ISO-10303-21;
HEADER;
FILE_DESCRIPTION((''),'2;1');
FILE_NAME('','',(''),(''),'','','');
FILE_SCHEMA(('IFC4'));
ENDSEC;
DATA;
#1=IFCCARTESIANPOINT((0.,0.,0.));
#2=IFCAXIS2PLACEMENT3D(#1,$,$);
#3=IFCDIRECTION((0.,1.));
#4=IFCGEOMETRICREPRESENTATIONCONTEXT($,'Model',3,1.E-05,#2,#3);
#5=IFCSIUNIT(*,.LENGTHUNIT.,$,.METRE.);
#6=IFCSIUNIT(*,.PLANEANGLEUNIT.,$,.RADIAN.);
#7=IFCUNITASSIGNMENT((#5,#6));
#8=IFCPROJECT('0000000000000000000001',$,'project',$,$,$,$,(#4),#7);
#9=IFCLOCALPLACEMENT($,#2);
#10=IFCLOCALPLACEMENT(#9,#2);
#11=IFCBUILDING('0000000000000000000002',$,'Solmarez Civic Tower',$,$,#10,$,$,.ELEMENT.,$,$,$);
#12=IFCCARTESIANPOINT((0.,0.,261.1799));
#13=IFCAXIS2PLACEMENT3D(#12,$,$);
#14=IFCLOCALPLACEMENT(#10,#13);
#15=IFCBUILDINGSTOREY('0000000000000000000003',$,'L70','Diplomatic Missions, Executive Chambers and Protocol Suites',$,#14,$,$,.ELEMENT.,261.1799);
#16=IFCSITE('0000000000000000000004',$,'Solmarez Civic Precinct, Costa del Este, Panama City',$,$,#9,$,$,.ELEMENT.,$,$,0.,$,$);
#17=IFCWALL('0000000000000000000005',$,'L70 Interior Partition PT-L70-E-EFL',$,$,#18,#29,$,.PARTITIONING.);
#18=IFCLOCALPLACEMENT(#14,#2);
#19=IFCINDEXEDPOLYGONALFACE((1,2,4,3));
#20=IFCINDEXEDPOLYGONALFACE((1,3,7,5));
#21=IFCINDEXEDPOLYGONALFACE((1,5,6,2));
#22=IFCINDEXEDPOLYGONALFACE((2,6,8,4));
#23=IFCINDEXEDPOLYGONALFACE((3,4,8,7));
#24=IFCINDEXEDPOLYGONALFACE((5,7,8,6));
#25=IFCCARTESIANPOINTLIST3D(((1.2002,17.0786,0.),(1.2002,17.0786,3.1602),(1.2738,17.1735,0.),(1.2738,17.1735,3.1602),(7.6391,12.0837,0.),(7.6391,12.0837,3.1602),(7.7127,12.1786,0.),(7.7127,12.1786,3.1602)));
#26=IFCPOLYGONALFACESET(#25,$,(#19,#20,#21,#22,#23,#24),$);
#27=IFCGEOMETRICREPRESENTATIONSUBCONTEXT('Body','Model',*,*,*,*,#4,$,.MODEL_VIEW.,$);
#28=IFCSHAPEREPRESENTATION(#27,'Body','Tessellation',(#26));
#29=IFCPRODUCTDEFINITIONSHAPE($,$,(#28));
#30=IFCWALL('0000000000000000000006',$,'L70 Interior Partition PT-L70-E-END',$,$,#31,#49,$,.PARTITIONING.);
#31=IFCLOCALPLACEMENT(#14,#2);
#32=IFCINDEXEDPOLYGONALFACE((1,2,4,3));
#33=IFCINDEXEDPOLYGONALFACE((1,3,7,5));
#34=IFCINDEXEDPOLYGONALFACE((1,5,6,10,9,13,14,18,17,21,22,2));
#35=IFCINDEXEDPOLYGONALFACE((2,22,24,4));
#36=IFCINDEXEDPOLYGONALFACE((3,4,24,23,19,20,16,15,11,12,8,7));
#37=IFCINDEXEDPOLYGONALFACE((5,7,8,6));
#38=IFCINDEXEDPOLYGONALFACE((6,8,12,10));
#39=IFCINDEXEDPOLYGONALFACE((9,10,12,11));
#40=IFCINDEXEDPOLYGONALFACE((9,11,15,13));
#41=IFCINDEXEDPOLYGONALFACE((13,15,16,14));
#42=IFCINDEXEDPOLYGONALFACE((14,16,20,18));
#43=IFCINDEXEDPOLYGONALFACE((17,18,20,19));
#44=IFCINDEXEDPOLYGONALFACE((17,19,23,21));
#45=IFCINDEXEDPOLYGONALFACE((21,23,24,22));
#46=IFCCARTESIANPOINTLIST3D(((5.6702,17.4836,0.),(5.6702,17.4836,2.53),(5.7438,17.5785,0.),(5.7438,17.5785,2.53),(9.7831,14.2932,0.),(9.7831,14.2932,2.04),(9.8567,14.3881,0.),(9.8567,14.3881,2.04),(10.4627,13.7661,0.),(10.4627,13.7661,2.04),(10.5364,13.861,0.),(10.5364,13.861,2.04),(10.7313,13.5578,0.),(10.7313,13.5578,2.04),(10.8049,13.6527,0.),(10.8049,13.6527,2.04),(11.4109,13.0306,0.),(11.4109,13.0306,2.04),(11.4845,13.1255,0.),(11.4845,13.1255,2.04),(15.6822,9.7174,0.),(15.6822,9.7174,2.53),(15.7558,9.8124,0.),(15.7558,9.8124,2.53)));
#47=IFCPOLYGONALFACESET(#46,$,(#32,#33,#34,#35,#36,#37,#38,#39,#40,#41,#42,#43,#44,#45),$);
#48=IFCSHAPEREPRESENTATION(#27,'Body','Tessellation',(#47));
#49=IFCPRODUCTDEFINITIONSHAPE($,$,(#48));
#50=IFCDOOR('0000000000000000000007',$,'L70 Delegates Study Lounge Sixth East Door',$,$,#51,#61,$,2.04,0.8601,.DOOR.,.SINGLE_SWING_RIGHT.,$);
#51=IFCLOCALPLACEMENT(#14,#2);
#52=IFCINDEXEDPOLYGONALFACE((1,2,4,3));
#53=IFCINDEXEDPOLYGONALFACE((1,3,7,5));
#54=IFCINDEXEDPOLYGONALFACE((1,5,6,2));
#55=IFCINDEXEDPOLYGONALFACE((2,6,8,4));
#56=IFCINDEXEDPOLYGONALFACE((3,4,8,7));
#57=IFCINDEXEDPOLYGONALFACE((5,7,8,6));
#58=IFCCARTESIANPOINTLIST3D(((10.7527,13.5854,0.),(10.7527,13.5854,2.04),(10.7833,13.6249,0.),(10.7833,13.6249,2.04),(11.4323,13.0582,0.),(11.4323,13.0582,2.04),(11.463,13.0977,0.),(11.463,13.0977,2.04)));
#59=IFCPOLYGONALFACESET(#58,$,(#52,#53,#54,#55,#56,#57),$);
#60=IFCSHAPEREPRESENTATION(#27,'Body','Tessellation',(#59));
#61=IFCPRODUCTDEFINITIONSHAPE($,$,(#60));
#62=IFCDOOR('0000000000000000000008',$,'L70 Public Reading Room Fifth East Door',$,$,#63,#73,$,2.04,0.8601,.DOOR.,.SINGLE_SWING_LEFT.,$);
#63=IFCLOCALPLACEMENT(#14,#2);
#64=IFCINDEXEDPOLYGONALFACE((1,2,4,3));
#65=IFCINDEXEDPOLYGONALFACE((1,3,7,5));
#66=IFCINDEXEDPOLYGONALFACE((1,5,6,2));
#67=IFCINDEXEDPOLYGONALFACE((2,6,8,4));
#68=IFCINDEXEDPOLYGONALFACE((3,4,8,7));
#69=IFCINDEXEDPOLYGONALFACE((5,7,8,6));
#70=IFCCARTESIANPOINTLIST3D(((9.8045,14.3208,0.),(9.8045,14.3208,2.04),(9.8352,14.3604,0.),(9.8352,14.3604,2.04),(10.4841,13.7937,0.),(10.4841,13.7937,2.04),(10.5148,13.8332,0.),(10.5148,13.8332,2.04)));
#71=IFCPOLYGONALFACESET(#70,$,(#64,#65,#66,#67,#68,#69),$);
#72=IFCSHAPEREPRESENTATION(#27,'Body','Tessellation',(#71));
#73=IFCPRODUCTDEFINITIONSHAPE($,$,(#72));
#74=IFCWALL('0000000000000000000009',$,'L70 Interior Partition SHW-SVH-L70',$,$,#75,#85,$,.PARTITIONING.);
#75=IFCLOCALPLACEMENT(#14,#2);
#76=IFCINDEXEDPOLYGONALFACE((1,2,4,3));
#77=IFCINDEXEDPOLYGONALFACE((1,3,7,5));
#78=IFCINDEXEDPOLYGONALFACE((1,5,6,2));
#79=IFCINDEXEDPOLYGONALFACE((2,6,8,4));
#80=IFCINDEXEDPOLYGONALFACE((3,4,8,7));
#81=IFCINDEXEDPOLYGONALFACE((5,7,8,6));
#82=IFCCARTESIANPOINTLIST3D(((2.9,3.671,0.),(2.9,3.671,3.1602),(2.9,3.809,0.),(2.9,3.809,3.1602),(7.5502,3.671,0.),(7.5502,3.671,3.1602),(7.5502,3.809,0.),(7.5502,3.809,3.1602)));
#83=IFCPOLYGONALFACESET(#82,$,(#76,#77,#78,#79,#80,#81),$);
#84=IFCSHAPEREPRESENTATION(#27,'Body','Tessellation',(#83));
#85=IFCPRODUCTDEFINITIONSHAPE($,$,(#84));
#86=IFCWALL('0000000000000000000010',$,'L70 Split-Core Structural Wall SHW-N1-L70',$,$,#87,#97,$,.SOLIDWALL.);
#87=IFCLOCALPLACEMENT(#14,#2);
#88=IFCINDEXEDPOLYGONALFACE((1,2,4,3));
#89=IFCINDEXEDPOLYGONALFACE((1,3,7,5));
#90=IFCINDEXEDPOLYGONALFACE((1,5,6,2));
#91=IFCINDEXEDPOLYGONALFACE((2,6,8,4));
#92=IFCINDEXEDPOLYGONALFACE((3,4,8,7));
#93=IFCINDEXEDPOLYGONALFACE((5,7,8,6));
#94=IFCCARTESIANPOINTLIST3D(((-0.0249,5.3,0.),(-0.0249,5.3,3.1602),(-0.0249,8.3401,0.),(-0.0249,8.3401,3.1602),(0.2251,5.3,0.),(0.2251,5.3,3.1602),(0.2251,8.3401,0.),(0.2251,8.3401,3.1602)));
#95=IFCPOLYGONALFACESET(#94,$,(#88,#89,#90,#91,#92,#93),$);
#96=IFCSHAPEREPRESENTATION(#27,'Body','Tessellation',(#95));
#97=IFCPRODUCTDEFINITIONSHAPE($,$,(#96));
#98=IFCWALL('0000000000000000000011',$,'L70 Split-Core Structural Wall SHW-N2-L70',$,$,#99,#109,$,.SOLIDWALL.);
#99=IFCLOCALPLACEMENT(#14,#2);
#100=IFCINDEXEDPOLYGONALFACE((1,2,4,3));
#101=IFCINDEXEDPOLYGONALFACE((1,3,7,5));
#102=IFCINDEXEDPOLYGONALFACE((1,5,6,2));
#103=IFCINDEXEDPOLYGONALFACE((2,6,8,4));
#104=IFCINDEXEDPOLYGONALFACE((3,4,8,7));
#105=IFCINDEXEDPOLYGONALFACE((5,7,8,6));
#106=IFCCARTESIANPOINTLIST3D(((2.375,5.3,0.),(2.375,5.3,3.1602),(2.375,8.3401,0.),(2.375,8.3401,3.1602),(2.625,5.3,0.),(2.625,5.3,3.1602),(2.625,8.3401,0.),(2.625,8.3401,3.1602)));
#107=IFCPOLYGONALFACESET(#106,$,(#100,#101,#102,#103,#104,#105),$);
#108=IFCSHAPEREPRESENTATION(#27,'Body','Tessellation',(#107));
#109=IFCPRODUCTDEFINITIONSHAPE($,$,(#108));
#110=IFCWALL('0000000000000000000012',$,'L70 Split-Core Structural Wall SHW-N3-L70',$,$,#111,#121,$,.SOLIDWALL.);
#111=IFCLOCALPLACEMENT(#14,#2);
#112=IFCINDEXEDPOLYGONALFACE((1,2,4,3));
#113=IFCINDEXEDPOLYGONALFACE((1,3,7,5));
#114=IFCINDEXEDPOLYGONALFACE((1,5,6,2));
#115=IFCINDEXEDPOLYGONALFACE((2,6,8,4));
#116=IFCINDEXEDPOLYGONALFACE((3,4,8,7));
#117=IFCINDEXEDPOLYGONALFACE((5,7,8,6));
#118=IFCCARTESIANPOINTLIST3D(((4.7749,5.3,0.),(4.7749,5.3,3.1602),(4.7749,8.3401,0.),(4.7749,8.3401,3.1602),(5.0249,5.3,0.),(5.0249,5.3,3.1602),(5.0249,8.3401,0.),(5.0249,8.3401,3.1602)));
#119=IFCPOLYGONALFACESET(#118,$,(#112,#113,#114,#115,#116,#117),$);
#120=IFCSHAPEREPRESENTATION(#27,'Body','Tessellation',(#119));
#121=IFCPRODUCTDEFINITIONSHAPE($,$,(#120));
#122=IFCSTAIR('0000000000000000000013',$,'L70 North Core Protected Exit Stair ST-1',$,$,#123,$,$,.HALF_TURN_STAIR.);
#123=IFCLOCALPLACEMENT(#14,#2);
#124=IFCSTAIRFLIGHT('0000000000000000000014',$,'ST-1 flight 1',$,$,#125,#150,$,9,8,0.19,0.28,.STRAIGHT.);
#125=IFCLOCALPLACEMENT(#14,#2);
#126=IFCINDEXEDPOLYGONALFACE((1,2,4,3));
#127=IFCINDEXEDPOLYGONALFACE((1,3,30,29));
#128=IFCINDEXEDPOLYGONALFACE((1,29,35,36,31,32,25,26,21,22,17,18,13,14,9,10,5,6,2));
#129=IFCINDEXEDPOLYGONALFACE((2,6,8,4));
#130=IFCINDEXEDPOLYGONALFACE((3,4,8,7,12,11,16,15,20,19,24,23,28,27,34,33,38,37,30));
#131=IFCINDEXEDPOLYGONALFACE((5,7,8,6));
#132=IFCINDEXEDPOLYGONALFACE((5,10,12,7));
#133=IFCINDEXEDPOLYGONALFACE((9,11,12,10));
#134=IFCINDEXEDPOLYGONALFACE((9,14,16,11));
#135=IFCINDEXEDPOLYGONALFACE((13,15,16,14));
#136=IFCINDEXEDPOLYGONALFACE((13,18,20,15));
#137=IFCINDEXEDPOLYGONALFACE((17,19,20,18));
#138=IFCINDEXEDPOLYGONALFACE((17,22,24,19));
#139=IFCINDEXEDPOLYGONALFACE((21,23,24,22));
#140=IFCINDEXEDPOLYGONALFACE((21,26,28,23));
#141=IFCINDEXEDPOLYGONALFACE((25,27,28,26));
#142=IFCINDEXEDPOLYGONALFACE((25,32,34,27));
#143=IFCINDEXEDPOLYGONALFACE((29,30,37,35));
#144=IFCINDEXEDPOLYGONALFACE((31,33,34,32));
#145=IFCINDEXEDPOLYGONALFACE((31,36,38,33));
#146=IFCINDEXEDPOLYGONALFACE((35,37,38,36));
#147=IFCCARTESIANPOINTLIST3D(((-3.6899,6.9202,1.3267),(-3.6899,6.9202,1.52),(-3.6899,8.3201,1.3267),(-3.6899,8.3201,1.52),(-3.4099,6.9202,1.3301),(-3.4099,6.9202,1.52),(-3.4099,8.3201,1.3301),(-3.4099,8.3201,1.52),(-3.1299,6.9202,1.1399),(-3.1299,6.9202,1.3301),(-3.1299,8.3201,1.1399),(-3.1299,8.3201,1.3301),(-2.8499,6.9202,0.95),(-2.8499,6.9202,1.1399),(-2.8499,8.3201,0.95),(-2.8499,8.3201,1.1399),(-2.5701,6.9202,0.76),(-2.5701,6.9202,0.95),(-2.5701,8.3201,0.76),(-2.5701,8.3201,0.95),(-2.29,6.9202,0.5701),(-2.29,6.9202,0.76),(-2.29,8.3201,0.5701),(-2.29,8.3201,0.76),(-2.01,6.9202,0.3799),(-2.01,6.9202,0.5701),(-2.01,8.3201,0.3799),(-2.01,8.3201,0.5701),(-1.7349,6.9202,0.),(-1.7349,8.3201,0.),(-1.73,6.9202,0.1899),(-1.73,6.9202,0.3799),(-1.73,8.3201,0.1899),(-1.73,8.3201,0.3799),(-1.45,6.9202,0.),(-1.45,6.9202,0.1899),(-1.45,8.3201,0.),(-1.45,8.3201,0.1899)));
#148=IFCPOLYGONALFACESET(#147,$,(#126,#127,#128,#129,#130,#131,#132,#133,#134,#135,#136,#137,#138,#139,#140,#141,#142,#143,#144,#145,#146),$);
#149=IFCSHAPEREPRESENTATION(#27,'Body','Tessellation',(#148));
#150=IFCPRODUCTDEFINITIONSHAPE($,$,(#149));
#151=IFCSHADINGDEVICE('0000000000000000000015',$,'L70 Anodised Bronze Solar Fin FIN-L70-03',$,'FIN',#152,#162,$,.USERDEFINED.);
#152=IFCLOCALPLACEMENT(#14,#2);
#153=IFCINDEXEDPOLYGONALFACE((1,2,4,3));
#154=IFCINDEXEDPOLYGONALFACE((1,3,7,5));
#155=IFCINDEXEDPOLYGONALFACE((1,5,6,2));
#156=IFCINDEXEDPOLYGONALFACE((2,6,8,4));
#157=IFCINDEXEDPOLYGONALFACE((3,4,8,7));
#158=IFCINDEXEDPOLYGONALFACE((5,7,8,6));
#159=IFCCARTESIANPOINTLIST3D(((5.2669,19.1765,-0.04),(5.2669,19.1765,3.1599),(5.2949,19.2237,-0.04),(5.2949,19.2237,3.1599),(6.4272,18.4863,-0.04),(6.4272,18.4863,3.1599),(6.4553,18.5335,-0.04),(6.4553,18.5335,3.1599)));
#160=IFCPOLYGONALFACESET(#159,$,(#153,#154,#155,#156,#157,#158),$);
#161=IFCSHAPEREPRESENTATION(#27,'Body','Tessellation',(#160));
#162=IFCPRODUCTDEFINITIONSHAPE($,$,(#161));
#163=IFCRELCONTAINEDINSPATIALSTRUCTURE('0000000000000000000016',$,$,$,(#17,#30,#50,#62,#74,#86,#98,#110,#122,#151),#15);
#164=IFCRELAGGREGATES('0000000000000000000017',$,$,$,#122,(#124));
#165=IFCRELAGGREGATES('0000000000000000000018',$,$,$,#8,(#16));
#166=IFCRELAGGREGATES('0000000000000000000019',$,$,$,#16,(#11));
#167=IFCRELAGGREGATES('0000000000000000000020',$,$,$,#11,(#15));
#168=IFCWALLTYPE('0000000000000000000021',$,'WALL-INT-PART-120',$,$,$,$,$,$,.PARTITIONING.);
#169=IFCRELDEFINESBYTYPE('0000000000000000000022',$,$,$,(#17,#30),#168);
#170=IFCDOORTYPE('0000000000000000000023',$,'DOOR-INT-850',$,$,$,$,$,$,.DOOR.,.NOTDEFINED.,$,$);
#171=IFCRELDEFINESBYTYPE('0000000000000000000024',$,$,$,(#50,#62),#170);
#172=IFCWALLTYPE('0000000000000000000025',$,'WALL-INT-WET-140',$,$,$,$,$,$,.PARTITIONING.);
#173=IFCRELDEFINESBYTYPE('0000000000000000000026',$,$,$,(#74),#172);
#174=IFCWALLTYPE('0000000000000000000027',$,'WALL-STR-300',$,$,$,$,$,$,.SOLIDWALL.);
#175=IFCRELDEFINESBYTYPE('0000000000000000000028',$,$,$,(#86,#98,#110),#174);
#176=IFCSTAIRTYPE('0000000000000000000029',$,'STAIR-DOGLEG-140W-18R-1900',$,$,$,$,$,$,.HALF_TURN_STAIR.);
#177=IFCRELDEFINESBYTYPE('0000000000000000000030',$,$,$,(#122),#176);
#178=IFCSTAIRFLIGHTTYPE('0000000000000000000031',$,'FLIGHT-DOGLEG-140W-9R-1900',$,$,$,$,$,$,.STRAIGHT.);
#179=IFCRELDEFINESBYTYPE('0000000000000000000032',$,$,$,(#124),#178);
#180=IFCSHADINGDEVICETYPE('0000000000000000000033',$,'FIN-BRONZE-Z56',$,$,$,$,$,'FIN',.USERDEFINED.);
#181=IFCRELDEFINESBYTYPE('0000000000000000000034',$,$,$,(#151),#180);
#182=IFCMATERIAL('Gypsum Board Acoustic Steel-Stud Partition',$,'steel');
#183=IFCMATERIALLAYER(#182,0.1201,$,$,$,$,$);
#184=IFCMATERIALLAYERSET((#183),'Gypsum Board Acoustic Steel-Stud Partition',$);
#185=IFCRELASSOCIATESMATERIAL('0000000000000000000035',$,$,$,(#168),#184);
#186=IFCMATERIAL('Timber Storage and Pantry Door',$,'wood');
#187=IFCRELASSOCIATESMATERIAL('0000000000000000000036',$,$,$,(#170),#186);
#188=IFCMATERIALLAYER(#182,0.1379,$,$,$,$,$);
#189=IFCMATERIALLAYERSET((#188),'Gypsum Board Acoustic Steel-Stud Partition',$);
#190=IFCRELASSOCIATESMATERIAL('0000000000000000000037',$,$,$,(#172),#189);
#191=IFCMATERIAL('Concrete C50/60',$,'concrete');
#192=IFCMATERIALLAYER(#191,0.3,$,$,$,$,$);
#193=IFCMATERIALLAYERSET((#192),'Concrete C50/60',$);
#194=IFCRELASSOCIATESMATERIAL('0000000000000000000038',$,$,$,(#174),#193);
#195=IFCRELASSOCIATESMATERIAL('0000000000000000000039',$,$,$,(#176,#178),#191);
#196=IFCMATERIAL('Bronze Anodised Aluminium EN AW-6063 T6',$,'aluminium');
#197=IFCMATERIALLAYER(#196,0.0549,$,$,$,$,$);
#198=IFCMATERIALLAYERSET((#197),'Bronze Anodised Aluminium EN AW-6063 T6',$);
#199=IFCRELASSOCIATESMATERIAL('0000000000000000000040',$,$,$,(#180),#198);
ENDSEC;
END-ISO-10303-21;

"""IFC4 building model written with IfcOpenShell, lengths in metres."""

from ifc_helpers import new_model, si_unit, direction, frame, frame_2d, origin, origin_2d, place, context, subcontext, project, spatial, polyline, rectangle, outline, extrude, material, layer, layer_set, type_object, element, fill, aggregate, save


model = new_model("IFC4")

# Units and contexts
model_context = context("Model", 3, precision=1e-05, world=origin(), true_north=direction((0.0, 1.0)))
body_context = subcontext(model_context, "Body", "Model", "MODEL_VIEW")
ifc_project = project(units=[si_unit("LENGTHUNIT", "METRE"), si_unit("PLANEANGLEUNIT", "RADIAN")], contexts=[model_context])

# Site, building, storey
site_placement = place(None, origin())
site = spatial("IfcSite", under=ifc_project, at=site_placement, Name="Solmarez Civic Precinct, Costa del Este, Panama City", CompositionType="ELEMENT", RefElevation=0.0)
building_placement = place(site_placement, origin())
building = spatial("IfcBuilding", under=site, at=building_placement, Name="Solmarez Civic Tower", CompositionType="ELEMENT")
storey_placement = place(building_placement, frame((0.0, 0.0, 261.1799)))
storey = spatial("IfcBuildingStorey", under=building, at=storey_placement, Name="L70", Description="Diplomatic Missions, Executive Chambers and Protocol Suites", CompositionType="ELEMENT", Elevation=261.1799)

# Shared definitions
ifc_material_1 = material(Name="Bronze Anodised Aluminium EN AW-6063 T6", Category="aluminium")

# Wall
ifc_material_2 = material(Name="Concrete C50/60", Category="concrete")
ifc_material_3 = material(Name="Gypsum Board Acoustic Steel-Stud Partition", Category="steel")
ifc_layer_1 = layer(ifc_material_3, 0.1201)
ifc_layer_set_1 = layer_set([ifc_layer_1], Name="Gypsum Board Acoustic Steel-Stud Partition")
wall_type_1 = type_object("IfcWallType", Name="WALL-INT-PART-120", PredefinedType="PARTITIONING", material=ifc_layer_set_1)
wall_1_placement = place(storey_placement, frame((7.676, 12.1311, 0.0), z_axis=(0.0, 0.0, 1.0), x_axis=(-0.790137, 0.61293, 0.0)))
element("IfcWall", 1, at=wall_1_placement, inside=storey, type_object=wall_type_1, Name="L70 Interior Partition PT-L70-E-EFL", PredefinedType="PARTITIONING", context=body_context, shape_type="SweptSolid", body=[
    extrude(rectangle(XDim=8.1492, YDim=0.1201, at=frame_2d((4.0747, 0.0))), origin(), (0.0, 0.0, 1.0), 3.1602),
])

# Wall, openings, doors
wall_2_placement = place(storey_placement, frame((5.707, 17.531, 0.0), z_axis=(0.0, 0.0, 1.0), x_axis=(0.790154, -0.612909, 0.0)))
wall_2 = element("IfcWall", 2, at=wall_2_placement, inside=storey, type_object=wall_type_1, Name="L70 Interior Partition PT-L70-E-END", PredefinedType="PARTITIONING", context=body_context, shape_type="SweptSolid", body=[
    extrude(rectangle(XDim=12.6709, YDim=0.1201, at=frame_2d((6.3354, 0.0))), origin(), (0.0, 0.0, 1.0), 2.53),
])
opening_1_placement = place(wall_2_placement, frame((6.405, 0.0, 0.0)))
opening_1 = element("IfcOpeningElement", 3, at=opening_1_placement, cuts=wall_2, PredefinedType="OPENING", context=body_context, shape_type="SweptSolid", body=[
    extrude(rectangle(XDim=0.8601, YDim=2.04, at=frame_2d((0.4302, 1.02))), frame((0.0, 0.0701, 0.0), z_axis=(0.0, -1.0, 0.0), x_axis=(1.0, 0.0, 0.0)), (0.0, 0.0, 1.0), 0.1401),
])
opening_2_placement = place(wall_2_placement, frame((5.2051, 0.0, 0.0)))
opening_2 = element("IfcOpeningElement", 4, at=opening_2_placement, cuts=wall_2, PredefinedType="OPENING", context=body_context, shape_type="SweptSolid", body=[
    extrude(rectangle(XDim=0.8601, YDim=2.04, at=frame_2d((0.4302, 1.02))), frame((0.0, 0.0701, 0.0), z_axis=(0.0, -1.0, 0.0), x_axis=(1.0, 0.0, 0.0)), (0.0, 0.0, 1.0), 0.1401),
])
ifc_material_4 = material(Name="Timber Storage and Pantry Door", Category="wood")
door_type_1 = type_object("IfcDoorType", Name="DOOR-INT-850", OperationType="NOTDEFINED", PredefinedType="DOOR", material=ifc_material_4)
door_1_placement = place(opening_1_placement, origin())
door_1 = element("IfcDoor", 5, at=door_1_placement, inside=storey, type_object=door_type_1, Name="L70 Delegates Study Lounge Sixth East Door", OperationType="SINGLE_SWING_RIGHT", OverallHeight=2.04, OverallWidth=0.8601, PredefinedType="DOOR", context=body_context, shape_type="SweptSolid", body=[
    extrude(rectangle(XDim=0.8601, YDim=2.04, at=frame_2d((0.4302, 1.02))), frame((0.0, 0.0249, 0.0), z_axis=(0.0, -1.0, 0.0), x_axis=(1.0, 0.0, 0.0)), (0.0, 0.0, 1.0), 0.05),
])
fill(opening_1, door_1)
door_2_placement = place(opening_2_placement, origin())
door_2 = element("IfcDoor", 6, at=door_2_placement, inside=storey, type_object=door_type_1, Name="L70 Public Reading Room Fifth East Door", OperationType="SINGLE_SWING_LEFT", OverallHeight=2.04, OverallWidth=0.8601, PredefinedType="DOOR", context=body_context, shape_type="SweptSolid", body=[
    extrude(rectangle(XDim=0.8601, YDim=2.04, at=frame_2d((0.4302, 1.02))), frame((0.0, 0.0249, 0.0), z_axis=(0.0, -1.0, 0.0), x_axis=(1.0, 0.0, 0.0)), (0.0, 0.0, 1.0), 0.05),
])
fill(opening_2, door_2)

# Wall
ifc_layer_2 = layer(ifc_material_3, 0.1379)
ifc_layer_set_2 = layer_set([ifc_layer_2], Name="Gypsum Board Acoustic Steel-Stud Partition")
wall_type_2 = type_object("IfcWallType", Name="WALL-INT-WET-140", PredefinedType="PARTITIONING", material=ifc_layer_set_2)
wall_3_placement = place(storey_placement, frame((2.8999, 3.74, 0.0), z_axis=(0.0, 0.0, 1.0), x_axis=(1.0, 0.0, 0.0)))
element("IfcWall", 7, at=wall_3_placement, inside=storey, type_object=wall_type_2, Name="L70 Interior Partition SHW-SVH-L70", PredefinedType="PARTITIONING", context=body_context, shape_type="SweptSolid", body=[
    extrude(rectangle(XDim=4.6501, YDim=0.1379, at=frame_2d((2.3252, 0.0))), origin(), (0.0, 0.0, 1.0), 3.1602),
])

# Shared definitions
ifc_layer_3 = layer(ifc_material_2, 0.3)
ifc_layer_set_3 = layer_set([ifc_layer_3], Name="Concrete C50/60")
wall_type_3 = type_object("IfcWallType", Name="WALL-STR-300", PredefinedType="SOLIDWALL", material=ifc_layer_set_3)

# Walls
for number, where, z_axis, x_axis, name in (
    (8, (0.1001, 5.3, 0.0), (0.0, 0.0, 1.0), (0.0, 1.0, 0.0), "L70 Split-Core Structural Wall SHW-N1-L70"),
    (9, (2.5, 5.3, 0.0), (0.0, 0.0, 1.0), (0.0, 1.0, 0.0), "L70 Split-Core Structural Wall SHW-N2-L70"),
    (10, (4.8999, 5.3, 0.0), (0.0, 0.0, 1.0), (0.0, 1.0, 0.0), "L70 Split-Core Structural Wall SHW-N3-L70"),
):
    element("IfcWall", number, at=place(storey_placement, frame(where, z_axis=z_axis, x_axis=x_axis)), inside=storey, type_object=wall_type_3, Name=name, PredefinedType="SOLIDWALL", context=body_context, shape_type="SweptSolid", body=[
        extrude(rectangle(XDim=3.04, YDim=0.25, at=frame_2d((1.52, 0.0))), origin(), (0.0, 0.0, 1.0), 3.1602),
    ])

# Stair, stair flight
stair_type = type_object("IfcStairType", Name="STAIR-DOGLEG-140W-18R-1900", PredefinedType="HALF_TURN_STAIR", material=ifc_material_2)
stair_placement = place(storey_placement, origin())
stair = element("IfcStair", 11, at=stair_placement, inside=storey, type_object=stair_type, Name="L70 North Core Protected Exit Stair ST-1", PredefinedType="HALF_TURN_STAIR")
stair_flight_type = type_object("IfcStairFlightType", Name="FLIGHT-DOGLEG-140W-9R-1900", PredefinedType="STRAIGHT", material=ifc_material_2)
stair_flight_placement = place(storey_placement, frame((-1.45, 7.6201, 0.0), z_axis=(0.0, 0.0, 1.0), x_axis=(-1.0, 0.0, 0.0)))
stair_flight = element("IfcStairFlight", 12, at=stair_flight_placement, type_object=stair_flight_type, Name="ST-1 flight 1", NumberOfRisers=9, NumberOfTreads=8, PredefinedType="STRAIGHT", RiserHeight=0.19, TreadLength=0.28, context=body_context, shape_type="SweptSolid", body=[
    extrude(outline(polyline([(0.0, 0.0), (0.0, 0.1899), (0.28, 0.1899), (0.28, 0.3799), (0.5601, 0.3799), (0.5601, 0.5701), (0.8401, 0.5701), (0.8401, 0.76), (1.1201, 0.76), (1.1201, 0.95), (1.3999, 0.95), (1.3999, 1.1399), (1.6799, 1.1399), (1.6799, 1.3301), (1.96, 1.3301), (1.96, 1.52), (2.24, 1.52), (2.24, 1.71), (2.24, 1.3267), (0.2849, 0.0), (0.0, 0.0)])), frame((0.0, 0.7, 0.0), z_axis=(0.0, -1.0, 0.0), x_axis=(1.0, 0.0, 0.0)), (0.0, 0.0, 1.0), 1.3999),
])
aggregate(stair, [stair_flight])

# Shading device
ifc_layer_4 = layer(ifc_material_1, 0.0549)
ifc_layer_set_4 = layer_set([ifc_layer_4], Name="Bronze Anodised Aluminium EN AW-6063 T6")
shading_device_type = type_object("IfcShadingDeviceType", Name="FIN-BRONZE-Z56", ElementType="FIN", PredefinedType="USERDEFINED", material=ifc_layer_set_4)
shading_device_placement = place(storey_placement, frame((5.8611, 18.855, -0.04), z_axis=(0.0, 0.0, 1.0), x_axis=(-0.859469, 0.511188, 0.0)))
element("IfcShadingDevice", 13, at=shading_device_placement, inside=storey, type_object=shading_device_type, Name="L70 Anodised Bronze Solar Fin FIN-L70-03", ObjectType="FIN", PredefinedType="USERDEFINED", context=body_context, shape_type="SweptSolid", body=[
    extrude(rectangle(XDim=1.3501, YDim=0.0549, at=origin_2d()), origin(), (0.0, 0.0, 1.0), 3.2),
])

save(model, "model.ifc")
